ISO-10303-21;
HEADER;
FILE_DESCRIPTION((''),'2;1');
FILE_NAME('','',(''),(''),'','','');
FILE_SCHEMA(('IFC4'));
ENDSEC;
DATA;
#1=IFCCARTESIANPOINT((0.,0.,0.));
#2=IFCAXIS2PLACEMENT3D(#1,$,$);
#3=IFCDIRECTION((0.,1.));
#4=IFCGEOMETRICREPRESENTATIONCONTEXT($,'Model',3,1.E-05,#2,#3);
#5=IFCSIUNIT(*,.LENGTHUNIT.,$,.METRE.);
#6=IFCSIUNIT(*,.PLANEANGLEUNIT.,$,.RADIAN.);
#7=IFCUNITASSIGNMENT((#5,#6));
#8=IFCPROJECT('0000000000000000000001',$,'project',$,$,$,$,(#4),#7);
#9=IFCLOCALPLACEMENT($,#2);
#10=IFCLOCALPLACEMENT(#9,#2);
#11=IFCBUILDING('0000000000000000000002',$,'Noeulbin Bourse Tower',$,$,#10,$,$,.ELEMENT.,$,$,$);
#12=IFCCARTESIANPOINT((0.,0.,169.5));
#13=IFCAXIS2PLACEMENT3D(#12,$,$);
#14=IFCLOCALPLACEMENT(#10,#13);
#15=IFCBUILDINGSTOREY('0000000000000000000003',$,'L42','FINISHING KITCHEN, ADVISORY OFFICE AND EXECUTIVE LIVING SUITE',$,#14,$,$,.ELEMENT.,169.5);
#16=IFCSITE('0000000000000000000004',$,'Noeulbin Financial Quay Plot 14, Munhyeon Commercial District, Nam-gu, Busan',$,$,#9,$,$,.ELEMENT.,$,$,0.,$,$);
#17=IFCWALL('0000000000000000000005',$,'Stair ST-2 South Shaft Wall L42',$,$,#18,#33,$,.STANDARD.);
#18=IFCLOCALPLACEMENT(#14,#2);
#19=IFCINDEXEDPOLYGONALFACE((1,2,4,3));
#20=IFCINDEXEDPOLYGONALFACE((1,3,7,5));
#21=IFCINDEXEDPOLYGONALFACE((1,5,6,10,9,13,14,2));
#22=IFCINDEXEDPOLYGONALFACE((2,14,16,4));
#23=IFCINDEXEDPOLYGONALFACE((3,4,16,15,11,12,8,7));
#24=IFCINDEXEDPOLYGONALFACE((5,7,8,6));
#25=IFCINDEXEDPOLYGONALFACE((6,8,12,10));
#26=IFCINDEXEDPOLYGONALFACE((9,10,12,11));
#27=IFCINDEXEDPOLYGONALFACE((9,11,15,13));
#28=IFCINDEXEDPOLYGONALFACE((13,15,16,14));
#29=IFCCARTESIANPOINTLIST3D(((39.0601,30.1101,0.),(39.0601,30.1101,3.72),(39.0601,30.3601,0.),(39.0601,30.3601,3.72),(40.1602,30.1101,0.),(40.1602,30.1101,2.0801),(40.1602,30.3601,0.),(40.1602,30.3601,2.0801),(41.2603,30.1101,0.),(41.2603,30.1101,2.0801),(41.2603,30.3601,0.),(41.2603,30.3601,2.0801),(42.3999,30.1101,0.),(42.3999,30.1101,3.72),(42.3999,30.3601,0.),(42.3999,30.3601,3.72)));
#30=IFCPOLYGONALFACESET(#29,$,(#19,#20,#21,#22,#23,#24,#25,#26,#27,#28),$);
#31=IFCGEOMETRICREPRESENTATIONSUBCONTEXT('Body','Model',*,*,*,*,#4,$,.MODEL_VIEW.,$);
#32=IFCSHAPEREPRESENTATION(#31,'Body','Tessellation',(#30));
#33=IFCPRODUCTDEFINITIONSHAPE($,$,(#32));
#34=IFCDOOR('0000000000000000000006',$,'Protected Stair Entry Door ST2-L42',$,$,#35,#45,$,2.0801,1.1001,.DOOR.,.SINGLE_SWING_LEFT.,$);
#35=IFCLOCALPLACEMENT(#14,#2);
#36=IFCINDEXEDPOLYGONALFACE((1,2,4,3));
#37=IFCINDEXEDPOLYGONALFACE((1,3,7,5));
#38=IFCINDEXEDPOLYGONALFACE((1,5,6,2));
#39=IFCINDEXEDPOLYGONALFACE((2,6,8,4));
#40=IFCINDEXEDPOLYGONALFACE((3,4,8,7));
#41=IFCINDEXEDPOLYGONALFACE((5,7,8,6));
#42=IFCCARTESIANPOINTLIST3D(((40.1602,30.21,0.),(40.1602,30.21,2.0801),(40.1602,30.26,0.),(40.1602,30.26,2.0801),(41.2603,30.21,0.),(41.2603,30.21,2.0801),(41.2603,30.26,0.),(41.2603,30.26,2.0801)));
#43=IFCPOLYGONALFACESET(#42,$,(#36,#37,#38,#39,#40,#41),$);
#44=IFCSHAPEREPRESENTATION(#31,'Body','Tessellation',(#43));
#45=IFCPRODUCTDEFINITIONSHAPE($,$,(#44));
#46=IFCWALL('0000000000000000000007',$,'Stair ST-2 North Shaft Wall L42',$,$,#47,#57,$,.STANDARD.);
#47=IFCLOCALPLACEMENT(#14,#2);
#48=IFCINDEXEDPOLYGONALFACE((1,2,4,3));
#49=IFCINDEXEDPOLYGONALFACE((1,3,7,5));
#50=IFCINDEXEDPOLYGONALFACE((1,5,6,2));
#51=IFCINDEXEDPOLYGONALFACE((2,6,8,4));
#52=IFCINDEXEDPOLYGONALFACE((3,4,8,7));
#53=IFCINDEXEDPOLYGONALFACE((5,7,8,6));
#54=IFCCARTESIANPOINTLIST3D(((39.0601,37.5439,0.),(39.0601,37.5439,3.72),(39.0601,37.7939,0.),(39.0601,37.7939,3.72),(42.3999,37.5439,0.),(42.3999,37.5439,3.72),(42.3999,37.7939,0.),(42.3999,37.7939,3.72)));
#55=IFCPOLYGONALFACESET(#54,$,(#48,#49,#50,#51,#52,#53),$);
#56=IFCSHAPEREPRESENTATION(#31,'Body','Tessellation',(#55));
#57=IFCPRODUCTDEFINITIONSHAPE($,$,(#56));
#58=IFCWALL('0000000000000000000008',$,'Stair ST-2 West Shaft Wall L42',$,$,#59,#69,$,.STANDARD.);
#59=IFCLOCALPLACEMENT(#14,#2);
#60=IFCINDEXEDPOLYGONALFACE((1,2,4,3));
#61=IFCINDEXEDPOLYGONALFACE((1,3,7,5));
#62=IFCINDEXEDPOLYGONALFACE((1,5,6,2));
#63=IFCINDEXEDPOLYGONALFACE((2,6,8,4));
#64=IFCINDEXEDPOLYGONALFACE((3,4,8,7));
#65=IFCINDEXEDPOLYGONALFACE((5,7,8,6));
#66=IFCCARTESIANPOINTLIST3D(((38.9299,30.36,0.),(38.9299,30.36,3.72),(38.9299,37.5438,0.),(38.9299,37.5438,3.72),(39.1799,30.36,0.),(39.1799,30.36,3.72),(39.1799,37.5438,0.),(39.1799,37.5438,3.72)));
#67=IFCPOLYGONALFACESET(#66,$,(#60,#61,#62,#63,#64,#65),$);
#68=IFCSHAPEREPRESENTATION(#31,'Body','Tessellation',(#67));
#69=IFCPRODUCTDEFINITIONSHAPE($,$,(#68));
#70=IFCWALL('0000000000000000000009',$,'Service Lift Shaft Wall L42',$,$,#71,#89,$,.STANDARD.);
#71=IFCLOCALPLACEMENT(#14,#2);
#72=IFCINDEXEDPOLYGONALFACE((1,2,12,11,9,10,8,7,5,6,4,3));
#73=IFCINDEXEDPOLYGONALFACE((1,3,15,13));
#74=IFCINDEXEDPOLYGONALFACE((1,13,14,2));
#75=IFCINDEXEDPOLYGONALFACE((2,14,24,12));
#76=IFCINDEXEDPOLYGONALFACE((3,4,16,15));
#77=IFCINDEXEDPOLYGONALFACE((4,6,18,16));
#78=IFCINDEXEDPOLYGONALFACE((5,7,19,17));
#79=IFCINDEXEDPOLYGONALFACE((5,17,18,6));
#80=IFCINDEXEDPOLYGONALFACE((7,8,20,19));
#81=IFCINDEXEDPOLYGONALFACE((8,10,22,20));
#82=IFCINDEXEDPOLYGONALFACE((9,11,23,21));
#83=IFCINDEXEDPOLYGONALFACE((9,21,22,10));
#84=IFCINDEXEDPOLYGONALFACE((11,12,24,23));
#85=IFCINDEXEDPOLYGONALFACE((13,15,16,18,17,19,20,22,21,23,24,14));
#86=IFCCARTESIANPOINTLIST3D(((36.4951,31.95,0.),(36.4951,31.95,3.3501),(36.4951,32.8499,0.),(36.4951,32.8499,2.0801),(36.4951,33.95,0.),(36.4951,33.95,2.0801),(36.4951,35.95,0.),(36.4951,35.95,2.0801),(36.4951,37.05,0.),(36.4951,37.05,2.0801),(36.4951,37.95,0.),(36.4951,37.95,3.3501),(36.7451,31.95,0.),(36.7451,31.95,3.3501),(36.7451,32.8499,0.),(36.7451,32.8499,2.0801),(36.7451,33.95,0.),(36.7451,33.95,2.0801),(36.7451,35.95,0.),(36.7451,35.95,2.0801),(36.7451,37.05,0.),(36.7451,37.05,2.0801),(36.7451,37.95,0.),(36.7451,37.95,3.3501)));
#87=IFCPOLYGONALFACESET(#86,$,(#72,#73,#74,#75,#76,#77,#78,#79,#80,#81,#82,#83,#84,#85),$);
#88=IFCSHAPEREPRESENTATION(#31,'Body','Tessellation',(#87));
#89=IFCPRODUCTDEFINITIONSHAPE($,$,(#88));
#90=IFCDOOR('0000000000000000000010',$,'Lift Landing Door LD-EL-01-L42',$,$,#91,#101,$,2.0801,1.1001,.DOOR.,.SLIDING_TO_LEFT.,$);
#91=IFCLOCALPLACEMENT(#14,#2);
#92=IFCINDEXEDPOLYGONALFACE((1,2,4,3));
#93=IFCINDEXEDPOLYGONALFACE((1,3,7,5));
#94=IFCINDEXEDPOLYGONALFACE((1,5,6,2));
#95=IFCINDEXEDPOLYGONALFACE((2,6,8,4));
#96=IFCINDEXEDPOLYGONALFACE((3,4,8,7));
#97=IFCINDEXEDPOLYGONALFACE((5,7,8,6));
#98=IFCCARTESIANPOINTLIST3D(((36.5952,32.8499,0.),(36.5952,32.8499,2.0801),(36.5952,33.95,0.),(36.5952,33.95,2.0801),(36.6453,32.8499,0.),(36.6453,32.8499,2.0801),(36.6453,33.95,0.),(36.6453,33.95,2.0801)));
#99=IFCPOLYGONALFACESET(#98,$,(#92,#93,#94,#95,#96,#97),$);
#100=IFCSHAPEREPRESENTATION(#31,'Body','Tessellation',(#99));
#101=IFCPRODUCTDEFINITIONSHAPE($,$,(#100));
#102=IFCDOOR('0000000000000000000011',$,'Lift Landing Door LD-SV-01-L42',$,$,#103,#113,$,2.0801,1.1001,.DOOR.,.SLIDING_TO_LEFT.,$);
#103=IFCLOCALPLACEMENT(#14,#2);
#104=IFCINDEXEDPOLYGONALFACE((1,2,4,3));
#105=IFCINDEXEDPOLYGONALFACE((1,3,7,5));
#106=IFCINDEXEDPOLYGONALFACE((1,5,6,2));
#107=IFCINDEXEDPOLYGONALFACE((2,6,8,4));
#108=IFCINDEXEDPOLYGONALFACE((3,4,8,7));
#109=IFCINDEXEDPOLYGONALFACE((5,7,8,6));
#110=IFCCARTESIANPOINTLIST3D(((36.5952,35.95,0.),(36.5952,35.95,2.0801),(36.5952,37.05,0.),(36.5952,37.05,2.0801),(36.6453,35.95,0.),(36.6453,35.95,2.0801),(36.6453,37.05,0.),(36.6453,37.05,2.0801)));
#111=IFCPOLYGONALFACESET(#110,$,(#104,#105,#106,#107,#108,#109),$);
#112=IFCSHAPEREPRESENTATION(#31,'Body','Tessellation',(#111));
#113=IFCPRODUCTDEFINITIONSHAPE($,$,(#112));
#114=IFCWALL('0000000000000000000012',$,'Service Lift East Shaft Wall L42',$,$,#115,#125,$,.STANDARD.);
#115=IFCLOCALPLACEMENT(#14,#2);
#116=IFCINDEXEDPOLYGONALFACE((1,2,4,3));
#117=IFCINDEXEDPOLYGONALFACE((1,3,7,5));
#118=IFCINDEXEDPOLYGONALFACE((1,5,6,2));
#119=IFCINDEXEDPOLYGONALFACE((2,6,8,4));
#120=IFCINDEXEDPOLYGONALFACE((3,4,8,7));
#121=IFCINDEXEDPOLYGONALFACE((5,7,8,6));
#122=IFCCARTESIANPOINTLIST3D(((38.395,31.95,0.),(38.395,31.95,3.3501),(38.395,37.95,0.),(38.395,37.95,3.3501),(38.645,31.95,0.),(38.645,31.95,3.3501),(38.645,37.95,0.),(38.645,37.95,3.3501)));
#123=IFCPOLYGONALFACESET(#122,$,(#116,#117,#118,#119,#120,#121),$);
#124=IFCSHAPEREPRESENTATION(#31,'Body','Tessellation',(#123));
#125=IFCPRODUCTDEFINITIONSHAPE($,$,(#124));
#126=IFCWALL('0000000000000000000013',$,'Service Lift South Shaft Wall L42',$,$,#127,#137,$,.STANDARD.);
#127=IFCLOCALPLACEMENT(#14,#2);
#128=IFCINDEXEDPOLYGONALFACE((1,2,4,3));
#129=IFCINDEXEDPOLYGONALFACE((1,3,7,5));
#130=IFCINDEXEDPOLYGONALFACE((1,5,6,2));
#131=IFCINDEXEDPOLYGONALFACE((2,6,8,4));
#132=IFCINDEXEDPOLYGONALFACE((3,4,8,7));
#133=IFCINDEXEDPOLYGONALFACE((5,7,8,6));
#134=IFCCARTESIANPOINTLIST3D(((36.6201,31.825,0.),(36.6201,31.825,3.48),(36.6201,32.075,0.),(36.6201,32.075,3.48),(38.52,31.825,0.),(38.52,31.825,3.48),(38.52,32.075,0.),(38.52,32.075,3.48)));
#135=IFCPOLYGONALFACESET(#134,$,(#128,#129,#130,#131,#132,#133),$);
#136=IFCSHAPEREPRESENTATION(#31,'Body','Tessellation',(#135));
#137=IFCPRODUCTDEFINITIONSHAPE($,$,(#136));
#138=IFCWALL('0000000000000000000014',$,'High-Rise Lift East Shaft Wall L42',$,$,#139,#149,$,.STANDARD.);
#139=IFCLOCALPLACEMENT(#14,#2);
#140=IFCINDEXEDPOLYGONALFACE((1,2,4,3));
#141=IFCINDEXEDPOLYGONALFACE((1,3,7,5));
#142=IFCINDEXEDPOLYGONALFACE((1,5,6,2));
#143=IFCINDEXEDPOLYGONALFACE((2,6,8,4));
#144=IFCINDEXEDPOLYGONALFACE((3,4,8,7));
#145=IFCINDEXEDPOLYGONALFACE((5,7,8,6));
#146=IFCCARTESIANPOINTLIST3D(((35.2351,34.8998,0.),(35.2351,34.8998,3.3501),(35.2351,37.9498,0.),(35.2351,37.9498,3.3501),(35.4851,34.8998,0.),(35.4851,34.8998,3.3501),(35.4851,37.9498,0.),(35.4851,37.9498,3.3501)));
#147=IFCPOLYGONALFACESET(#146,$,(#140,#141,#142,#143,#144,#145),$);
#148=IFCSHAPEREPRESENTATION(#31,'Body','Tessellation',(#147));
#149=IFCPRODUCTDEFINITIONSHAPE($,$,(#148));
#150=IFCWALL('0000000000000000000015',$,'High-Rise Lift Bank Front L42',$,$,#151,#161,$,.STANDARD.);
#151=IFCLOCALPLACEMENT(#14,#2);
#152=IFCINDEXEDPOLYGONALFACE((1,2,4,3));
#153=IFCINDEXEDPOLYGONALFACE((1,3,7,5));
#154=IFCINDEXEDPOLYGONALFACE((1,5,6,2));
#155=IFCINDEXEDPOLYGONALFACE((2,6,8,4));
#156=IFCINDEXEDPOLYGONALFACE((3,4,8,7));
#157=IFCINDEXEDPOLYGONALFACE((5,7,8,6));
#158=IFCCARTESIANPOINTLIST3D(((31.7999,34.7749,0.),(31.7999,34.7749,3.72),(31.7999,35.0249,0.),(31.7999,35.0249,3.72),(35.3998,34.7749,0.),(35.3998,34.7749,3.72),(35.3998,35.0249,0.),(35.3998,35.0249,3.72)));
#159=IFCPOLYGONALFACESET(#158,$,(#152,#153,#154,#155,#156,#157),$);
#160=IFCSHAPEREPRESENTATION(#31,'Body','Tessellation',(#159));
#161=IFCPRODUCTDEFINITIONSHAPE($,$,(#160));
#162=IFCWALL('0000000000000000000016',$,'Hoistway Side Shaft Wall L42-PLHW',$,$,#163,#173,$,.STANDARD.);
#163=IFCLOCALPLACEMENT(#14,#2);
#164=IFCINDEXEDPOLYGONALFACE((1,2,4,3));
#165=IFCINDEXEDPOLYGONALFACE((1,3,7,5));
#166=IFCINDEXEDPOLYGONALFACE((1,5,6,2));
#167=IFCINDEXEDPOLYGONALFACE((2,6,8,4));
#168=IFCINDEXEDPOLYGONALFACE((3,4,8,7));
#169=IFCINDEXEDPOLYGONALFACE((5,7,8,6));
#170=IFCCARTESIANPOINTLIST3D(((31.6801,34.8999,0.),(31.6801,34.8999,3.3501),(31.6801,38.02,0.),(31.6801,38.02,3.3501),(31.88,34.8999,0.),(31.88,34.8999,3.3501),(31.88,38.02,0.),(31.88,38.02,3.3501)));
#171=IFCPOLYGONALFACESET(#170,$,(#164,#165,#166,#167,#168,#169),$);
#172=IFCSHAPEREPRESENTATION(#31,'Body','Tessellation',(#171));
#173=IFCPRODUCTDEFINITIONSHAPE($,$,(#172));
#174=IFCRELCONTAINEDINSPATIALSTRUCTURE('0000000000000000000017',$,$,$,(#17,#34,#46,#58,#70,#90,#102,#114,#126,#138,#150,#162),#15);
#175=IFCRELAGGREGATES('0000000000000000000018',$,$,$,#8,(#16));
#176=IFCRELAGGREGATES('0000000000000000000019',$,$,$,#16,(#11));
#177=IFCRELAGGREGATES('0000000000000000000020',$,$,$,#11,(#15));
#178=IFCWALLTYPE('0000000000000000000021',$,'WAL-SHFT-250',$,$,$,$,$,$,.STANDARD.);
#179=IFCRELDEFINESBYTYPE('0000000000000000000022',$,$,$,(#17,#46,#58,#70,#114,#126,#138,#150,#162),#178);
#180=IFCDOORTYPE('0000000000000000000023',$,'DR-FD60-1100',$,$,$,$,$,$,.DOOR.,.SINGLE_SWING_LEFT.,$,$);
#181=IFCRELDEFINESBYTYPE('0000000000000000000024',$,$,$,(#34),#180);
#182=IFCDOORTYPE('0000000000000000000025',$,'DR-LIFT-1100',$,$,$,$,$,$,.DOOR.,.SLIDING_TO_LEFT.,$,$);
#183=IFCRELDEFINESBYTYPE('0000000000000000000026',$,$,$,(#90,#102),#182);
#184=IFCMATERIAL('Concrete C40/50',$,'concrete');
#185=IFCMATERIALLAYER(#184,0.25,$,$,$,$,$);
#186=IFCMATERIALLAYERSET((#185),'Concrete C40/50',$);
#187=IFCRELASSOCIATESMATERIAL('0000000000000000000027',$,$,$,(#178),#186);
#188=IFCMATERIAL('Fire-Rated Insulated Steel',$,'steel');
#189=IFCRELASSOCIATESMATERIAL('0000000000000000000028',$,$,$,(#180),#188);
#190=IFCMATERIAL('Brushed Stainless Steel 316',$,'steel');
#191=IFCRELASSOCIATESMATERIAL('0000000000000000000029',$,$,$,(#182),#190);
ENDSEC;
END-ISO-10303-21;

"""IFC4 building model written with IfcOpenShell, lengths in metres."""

from ifc_helpers import new_model, si_unit, direction, frame, frame_2d, origin, place, context, subcontext, project, spatial, rectangle, extrude, material, layer, layer_set, type_object, element, fill, save


model = new_model("IFC4")

# Units and contexts
model_context = context("Model", 3, precision=1e-05, world=origin(), true_north=direction((0.0, 1.0)))
body_context = subcontext(model_context, "Body", "Model", "MODEL_VIEW")
ifc_project = project(units=[si_unit("LENGTHUNIT", "METRE"), si_unit("PLANEANGLEUNIT", "RADIAN")], contexts=[model_context])

# Site, building, storey
site_placement = place(None, origin())
site = spatial("IfcSite", under=ifc_project, at=site_placement, Name="Noeulbin Financial Quay Plot 14, Munhyeon Commercial District, Nam-gu, Busan", CompositionType="ELEMENT", RefElevation=0.0)
building_placement = place(site_placement, origin())
building = spatial("IfcBuilding", under=site, at=building_placement, Name="Noeulbin Bourse Tower", CompositionType="ELEMENT")
storey_placement = place(building_placement, frame((0.0, 0.0, 169.5)))
storey = spatial("IfcBuildingStorey", under=building, at=storey_placement, Name="L42", Description="FINISHING KITCHEN, ADVISORY OFFICE AND EXECUTIVE LIVING SUITE", CompositionType="ELEMENT", Elevation=169.5)

# Shared definitions
ifc_material_1 = material(Name="Concrete C40/50", Category="concrete")

# Wall, opening, door
ifc_layer_1 = layer(ifc_material_1, 0.25)
ifc_layer_set_1 = layer_set([ifc_layer_1], Name="Concrete C40/50")
wall_type_1 = type_object("IfcWallType", Name="WAL-SHFT-250", PredefinedType="STANDARD", material=ifc_layer_set_1)
wall_1_placement = place(storey_placement, frame((39.0601, 30.2351, 0.0), z_axis=(0.0, 0.0, 1.0), x_axis=(1.0, 0.0, 0.0)))
wall_1 = element("IfcWall", 1, at=wall_1_placement, inside=storey, type_object=wall_type_1, Name="Stair ST-2 South Shaft Wall L42", PredefinedType="STANDARD", context=body_context, shape_type="SweptSolid", body=[
    extrude(rectangle(XDim=3.3398, YDim=0.25, at=frame_2d((1.6699, 0.0))), origin(), (0.0, 0.0, 1.0), 3.72),
])
opening_1_placement = place(wall_1_placement, frame((1.1001, 0.0, 0.0)))
opening_1 = element("IfcOpeningElement", 2, at=opening_1_placement, cuts=wall_1, PredefinedType="OPENING", context=body_context, shape_type="SweptSolid", body=[
    extrude(rectangle(XDim=1.1001, YDim=2.0801, at=frame_2d((0.55, 1.04))), frame((0.0, 0.135, 0.0), z_axis=(0.0, -1.0, 0.0), x_axis=(1.0, 0.0, 0.0)), (0.0, 0.0, 1.0), 0.27),
])
ifc_material_2 = material(Name="Fire-Rated Insulated Steel", Category="steel")
door_type_1 = type_object("IfcDoorType", Name="DR-FD60-1100", OperationType="SINGLE_SWING_LEFT", PredefinedType="DOOR", material=ifc_material_2)
door_1_placement = place(opening_1_placement, origin())
door_1 = element("IfcDoor", 3, at=door_1_placement, inside=storey, type_object=door_type_1, Name="Protected Stair Entry Door ST2-L42", OperationType="SINGLE_SWING_LEFT", OverallHeight=2.0801, OverallWidth=1.1001, PredefinedType="DOOR", context=body_context, shape_type="SweptSolid", body=[
    extrude(rectangle(XDim=1.1001, YDim=2.0801, at=frame_2d((0.55, 1.04))), frame((0.0, 0.0249, 0.0), z_axis=(0.0, -1.0, 0.0), x_axis=(1.0, 0.0, 0.0)), (0.0, 0.0, 1.0), 0.05),
])
fill(opening_1, door_1)

# Walls
wall_2_placement = place(storey_placement, frame((39.0601, 37.6689, 0.0), z_axis=(0.0, 0.0, 1.0), x_axis=(1.0, 0.0, 0.0)))
element("IfcWall", 4, at=wall_2_placement, inside=storey, type_object=wall_type_1, Name="Stair ST-2 North Shaft Wall L42", PredefinedType="STANDARD", context=body_context, shape_type="SweptSolid", body=[
    extrude(rectangle(XDim=3.3398, YDim=0.25, at=frame_2d((1.6699, 0.0))), origin(), (0.0, 0.0, 1.0), 3.72),
])
wall_3_placement = place(storey_placement, frame((39.0549, 30.3601, 0.0), z_axis=(0.0, 0.0, 1.0), x_axis=(0.0, 1.0, 0.0)))
element("IfcWall", 5, at=wall_3_placement, inside=storey, type_object=wall_type_1, Name="Stair ST-2 West Shaft Wall L42", PredefinedType="STANDARD", context=body_context, shape_type="SweptSolid", body=[
    extrude(rectangle(XDim=7.1838, YDim=0.25, at=frame_2d((3.5918, 0.0))), origin(), (0.0, 0.0, 1.0), 3.72),
])

# Wall, openings, doors
wall_4_placement = place(storey_placement, frame((36.6201, 31.95, 0.0), z_axis=(0.0, 0.0, 1.0), x_axis=(0.0, 1.0, 0.0)))
wall_4 = element("IfcWall", 6, at=wall_4_placement, inside=storey, type_object=wall_type_1, Name="Service Lift Shaft Wall L42", PredefinedType="STANDARD", context=body_context, shape_type="SweptSolid", body=[
    extrude(rectangle(XDim=6.0, YDim=0.25, at=frame_2d((3.0, 0.0))), origin(), (0.0, 0.0, 1.0), 3.3501),
])
opening_2_placement = place(wall_4_placement, frame((0.8999, 0.0, 0.0)))
opening_2 = element("IfcOpeningElement", 7, at=opening_2_placement, cuts=wall_4, PredefinedType="OPENING", context=body_context, shape_type="SweptSolid", body=[
    extrude(rectangle(XDim=1.1001, YDim=2.0801, at=frame_2d((0.55, 1.04))), frame((0.0, 0.135, 0.0), z_axis=(0.0, -1.0, 0.0), x_axis=(1.0, 0.0, 0.0)), (0.0, 0.0, 1.0), 0.27),
])
opening_3_placement = place(wall_4_placement, frame((4.0, 0.0, 0.0)))
opening_3 = element("IfcOpeningElement", 8, at=opening_3_placement, cuts=wall_4, PredefinedType="OPENING", context=body_context, shape_type="SweptSolid", body=[
    extrude(rectangle(XDim=1.1001, YDim=2.0801, at=frame_2d((0.55, 1.04))), frame((0.0, 0.135, 0.0), z_axis=(0.0, -1.0, 0.0), x_axis=(1.0, 0.0, 0.0)), (0.0, 0.0, 1.0), 0.27),
])
ifc_material_3 = material(Name="Brushed Stainless Steel 316", Category="steel")
door_type_2 = type_object("IfcDoorType", Name="DR-LIFT-1100", OperationType="SLIDING_TO_LEFT", PredefinedType="DOOR", material=ifc_material_3)
door_2_placement = place(opening_2_placement, origin())
door_2 = element("IfcDoor", 9, at=door_2_placement, inside=storey, type_object=door_type_2, Name="Lift Landing Door LD-EL-01-L42", OperationType="SLIDING_TO_LEFT", OverallHeight=2.0801, OverallWidth=1.1001, PredefinedType="DOOR", context=body_context, shape_type="SweptSolid", body=[
    extrude(rectangle(XDim=1.1001, YDim=2.0801, at=frame_2d((0.55, 1.04))), frame((0.0, 0.0249, 0.0), z_axis=(0.0, -1.0, 0.0), x_axis=(1.0, 0.0, 0.0)), (0.0, 0.0, 1.0), 0.05),
])
fill(opening_2, door_2)
door_3_placement = place(opening_3_placement, origin())
door_3 = element("IfcDoor", 10, at=door_3_placement, inside=storey, type_object=door_type_2, Name="Lift Landing Door LD-SV-01-L42", OperationType="SLIDING_TO_LEFT", OverallHeight=2.0801, OverallWidth=1.1001, PredefinedType="DOOR", context=body_context, shape_type="SweptSolid", body=[
    extrude(rectangle(XDim=1.1001, YDim=2.0801, at=frame_2d((0.55, 1.04))), frame((0.0, 0.0249, 0.0), z_axis=(0.0, -1.0, 0.0), x_axis=(1.0, 0.0, 0.0)), (0.0, 0.0, 1.0), 0.05),
])
fill(opening_3, door_3)

# Walls
wall_5_placement = place(storey_placement, frame((38.52, 31.95, 0.0), z_axis=(0.0, 0.0, 1.0), x_axis=(0.0, 1.0, 0.0)))
element("IfcWall", 11, at=wall_5_placement, inside=storey, type_object=wall_type_1, Name="Service Lift East Shaft Wall L42", PredefinedType="STANDARD", context=body_context, shape_type="SweptSolid", body=[
    extrude(rectangle(XDim=6.0, YDim=0.25, at=frame_2d((3.0, 0.0))), origin(), (0.0, 0.0, 1.0), 3.3501),
])
wall_6_placement = place(storey_placement, frame((36.6201, 31.95, 0.0), z_axis=(0.0, 0.0, 1.0), x_axis=(1.0, 0.0, 0.0)))
element("IfcWall", 12, at=wall_6_placement, inside=storey, type_object=wall_type_1, Name="Service Lift South Shaft Wall L42", PredefinedType="STANDARD", context=body_context, shape_type="SweptSolid", body=[
    extrude(rectangle(XDim=1.8999, YDim=0.25, at=frame_2d((0.95, 0.0))), origin(), (0.0, 0.0, 1.0), 3.48),
])
wall_7_placement = place(storey_placement, frame((35.3601, 34.8999, 0.0), z_axis=(0.0, 0.0, 1.0), x_axis=(0.0, 1.0, 0.0)))
element("IfcWall", 13, at=wall_7_placement, inside=storey, type_object=wall_type_1, Name="High-Rise Lift East Shaft Wall L42", PredefinedType="STANDARD", context=body_context, shape_type="SweptSolid", body=[
    extrude(rectangle(XDim=3.05, YDim=0.25, at=frame_2d((1.5249, 0.0))), origin(), (0.0, 0.0, 1.0), 3.3501),
])
wall_8_placement = place(storey_placement, frame((31.8, 34.8999, 0.0), z_axis=(0.0, 0.0, 1.0), x_axis=(1.0, 0.0, 0.0)))
element("IfcWall", 14, at=wall_8_placement, inside=storey, type_object=wall_type_1, Name="High-Rise Lift Bank Front L42", PredefinedType="STANDARD", context=body_context, shape_type="SweptSolid", body=[
    extrude(rectangle(XDim=3.5999, YDim=0.25, at=frame_2d((1.7998, 0.0))), origin(), (0.0, 0.0, 1.0), 3.72),
])
wall_9_placement = place(storey_placement, frame((31.78, 34.8999, 0.0), z_axis=(0.0, 0.0, 1.0), x_axis=(0.0, 1.0, 0.0)))
element("IfcWall", 15, at=wall_9_placement, inside=storey, type_object=wall_type_1, Name="Hoistway Side Shaft Wall L42-PLHW", PredefinedType="STANDARD", context=body_context, shape_type="SweptSolid", body=[
    extrude(rectangle(XDim=3.1201, YDim=0.2, at=frame_2d((1.5601, 0.0))), origin(), (0.0, 0.0, 1.0), 3.3501),
])

save(model, "model.ifc")
